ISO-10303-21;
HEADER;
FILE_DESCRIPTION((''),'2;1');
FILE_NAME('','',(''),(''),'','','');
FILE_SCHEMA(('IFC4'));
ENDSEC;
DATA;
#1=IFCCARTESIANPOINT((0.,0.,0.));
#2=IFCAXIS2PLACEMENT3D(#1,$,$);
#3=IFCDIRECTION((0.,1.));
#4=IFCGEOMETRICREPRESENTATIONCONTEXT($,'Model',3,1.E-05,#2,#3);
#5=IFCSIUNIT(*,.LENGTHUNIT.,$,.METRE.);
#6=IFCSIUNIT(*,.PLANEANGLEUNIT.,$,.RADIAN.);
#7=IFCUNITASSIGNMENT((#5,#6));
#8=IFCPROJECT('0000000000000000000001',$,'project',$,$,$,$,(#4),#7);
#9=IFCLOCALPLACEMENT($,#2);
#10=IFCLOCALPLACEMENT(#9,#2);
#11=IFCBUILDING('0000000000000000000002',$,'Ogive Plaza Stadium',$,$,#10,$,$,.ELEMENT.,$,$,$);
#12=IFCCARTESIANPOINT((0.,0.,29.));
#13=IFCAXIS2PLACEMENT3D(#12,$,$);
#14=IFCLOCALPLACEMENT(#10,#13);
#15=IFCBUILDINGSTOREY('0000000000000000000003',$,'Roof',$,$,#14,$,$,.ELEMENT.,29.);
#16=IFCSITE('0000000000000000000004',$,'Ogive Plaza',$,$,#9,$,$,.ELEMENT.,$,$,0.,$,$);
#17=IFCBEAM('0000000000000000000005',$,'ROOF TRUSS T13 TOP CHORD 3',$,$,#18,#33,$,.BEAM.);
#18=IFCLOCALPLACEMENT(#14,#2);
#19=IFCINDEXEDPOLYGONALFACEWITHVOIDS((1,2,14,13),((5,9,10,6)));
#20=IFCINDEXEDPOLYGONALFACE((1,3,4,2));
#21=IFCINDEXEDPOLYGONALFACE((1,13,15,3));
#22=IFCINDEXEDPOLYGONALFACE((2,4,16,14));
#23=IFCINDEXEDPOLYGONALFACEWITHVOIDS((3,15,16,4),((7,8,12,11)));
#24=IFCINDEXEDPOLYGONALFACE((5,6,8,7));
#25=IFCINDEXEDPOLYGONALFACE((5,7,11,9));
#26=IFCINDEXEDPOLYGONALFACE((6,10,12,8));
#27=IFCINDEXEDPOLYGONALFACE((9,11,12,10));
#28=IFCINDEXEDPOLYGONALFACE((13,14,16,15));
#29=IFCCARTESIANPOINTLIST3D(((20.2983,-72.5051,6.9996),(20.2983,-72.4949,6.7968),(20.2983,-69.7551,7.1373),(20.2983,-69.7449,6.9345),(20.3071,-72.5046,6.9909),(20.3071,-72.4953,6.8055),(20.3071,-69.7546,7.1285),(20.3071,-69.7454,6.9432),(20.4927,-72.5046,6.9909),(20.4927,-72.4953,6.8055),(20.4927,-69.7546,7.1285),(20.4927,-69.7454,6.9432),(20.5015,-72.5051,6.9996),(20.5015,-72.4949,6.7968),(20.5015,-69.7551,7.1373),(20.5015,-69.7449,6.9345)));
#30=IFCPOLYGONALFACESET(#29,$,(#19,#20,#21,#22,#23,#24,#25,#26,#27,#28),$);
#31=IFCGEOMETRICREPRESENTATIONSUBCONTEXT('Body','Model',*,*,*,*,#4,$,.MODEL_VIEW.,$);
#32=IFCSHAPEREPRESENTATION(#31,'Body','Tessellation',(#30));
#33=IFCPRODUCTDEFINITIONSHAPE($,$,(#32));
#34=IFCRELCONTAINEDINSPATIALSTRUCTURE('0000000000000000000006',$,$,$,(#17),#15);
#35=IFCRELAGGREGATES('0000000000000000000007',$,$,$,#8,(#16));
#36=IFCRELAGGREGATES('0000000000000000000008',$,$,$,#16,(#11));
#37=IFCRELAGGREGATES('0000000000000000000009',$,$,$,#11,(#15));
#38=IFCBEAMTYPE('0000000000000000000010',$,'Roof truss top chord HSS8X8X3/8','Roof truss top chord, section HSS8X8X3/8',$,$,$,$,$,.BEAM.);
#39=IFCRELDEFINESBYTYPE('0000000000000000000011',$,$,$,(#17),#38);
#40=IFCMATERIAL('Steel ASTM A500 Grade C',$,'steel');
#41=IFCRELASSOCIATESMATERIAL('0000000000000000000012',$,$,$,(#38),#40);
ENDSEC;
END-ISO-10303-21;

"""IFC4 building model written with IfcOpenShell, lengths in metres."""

from ifc_helpers import new_model, si_unit, direction, frame, origin, origin_2d, place, context, subcontext, project, spatial, hollow_rectangle, extrude, material, material_profile, profile_set, type_object, element, save


model = new_model("IFC4")

# Units and contexts
model_context = context("Model", 3, precision=1e-05, world=origin(), true_north=direction((0.0, 1.0)))
body_context = subcontext(model_context, "Body", "Model", "MODEL_VIEW")
ifc_project = project(units=[si_unit("LENGTHUNIT", "METRE"), si_unit("PLANEANGLEUNIT", "RADIAN")], contexts=[model_context])

# Site, building, storey
site_placement = place(None, origin())
site = spatial("IfcSite", under=ifc_project, at=site_placement, Name="Ogive Plaza", CompositionType="ELEMENT", RefElevation=0.0)
building_placement = place(site_placement, origin())
building = spatial("IfcBuilding", under=site, at=building_placement, Name="Ogive Plaza Stadium", CompositionType="ELEMENT")
storey_placement = place(building_placement, frame((0.0, 0.0, 29.0)))
storey = spatial("IfcBuildingStorey", under=building, at=storey_placement, Name="Roof", CompositionType="ELEMENT", Elevation=29.0)

# Beam
ifc_material_1 = material(Name="Steel ASTM A500 Grade C", Category="steel")
ifc_material_profile_1 = material_profile(ifc_material_1, hollow_rectangle(XDim=0.2031, YDim=0.2031, WallThickness=0.0088, at=origin_2d()), Name="HSS8X8X3/8")
ifc_profile_set_1 = profile_set([ifc_material_profile_1], Name="Steel ASTM A500 Grade C")
beam_type_1 = type_object("IfcBeamType", Name="Roof truss top chord HSS8X8X3/8", Description="Roof truss top chord, section HSS8X8X3/8", PredefinedType="BEAM", material=ifc_profile_set_1)
beam_1_placement = place(storey_placement, frame((20.3999, -69.75, 7.0359), z_axis=(0.0, -0.998749, -0.050008), x_axis=(1.0, 0.0, 0.0)))
element("IfcBeam", 1, at=beam_1_placement, inside=storey, type_object=beam_type_1, Name="ROOF TRUSS T13 TOP CHORD 3", PredefinedType="BEAM", context=body_context, shape_type="SweptSolid", body=[
    extrude(hollow_rectangle(XDim=0.2031, YDim=0.2031, WallThickness=0.0088, at=origin_2d()), origin(), (0.0, 0.0, 1.0), 2.7534),
])

save(model, "model.ifc")
